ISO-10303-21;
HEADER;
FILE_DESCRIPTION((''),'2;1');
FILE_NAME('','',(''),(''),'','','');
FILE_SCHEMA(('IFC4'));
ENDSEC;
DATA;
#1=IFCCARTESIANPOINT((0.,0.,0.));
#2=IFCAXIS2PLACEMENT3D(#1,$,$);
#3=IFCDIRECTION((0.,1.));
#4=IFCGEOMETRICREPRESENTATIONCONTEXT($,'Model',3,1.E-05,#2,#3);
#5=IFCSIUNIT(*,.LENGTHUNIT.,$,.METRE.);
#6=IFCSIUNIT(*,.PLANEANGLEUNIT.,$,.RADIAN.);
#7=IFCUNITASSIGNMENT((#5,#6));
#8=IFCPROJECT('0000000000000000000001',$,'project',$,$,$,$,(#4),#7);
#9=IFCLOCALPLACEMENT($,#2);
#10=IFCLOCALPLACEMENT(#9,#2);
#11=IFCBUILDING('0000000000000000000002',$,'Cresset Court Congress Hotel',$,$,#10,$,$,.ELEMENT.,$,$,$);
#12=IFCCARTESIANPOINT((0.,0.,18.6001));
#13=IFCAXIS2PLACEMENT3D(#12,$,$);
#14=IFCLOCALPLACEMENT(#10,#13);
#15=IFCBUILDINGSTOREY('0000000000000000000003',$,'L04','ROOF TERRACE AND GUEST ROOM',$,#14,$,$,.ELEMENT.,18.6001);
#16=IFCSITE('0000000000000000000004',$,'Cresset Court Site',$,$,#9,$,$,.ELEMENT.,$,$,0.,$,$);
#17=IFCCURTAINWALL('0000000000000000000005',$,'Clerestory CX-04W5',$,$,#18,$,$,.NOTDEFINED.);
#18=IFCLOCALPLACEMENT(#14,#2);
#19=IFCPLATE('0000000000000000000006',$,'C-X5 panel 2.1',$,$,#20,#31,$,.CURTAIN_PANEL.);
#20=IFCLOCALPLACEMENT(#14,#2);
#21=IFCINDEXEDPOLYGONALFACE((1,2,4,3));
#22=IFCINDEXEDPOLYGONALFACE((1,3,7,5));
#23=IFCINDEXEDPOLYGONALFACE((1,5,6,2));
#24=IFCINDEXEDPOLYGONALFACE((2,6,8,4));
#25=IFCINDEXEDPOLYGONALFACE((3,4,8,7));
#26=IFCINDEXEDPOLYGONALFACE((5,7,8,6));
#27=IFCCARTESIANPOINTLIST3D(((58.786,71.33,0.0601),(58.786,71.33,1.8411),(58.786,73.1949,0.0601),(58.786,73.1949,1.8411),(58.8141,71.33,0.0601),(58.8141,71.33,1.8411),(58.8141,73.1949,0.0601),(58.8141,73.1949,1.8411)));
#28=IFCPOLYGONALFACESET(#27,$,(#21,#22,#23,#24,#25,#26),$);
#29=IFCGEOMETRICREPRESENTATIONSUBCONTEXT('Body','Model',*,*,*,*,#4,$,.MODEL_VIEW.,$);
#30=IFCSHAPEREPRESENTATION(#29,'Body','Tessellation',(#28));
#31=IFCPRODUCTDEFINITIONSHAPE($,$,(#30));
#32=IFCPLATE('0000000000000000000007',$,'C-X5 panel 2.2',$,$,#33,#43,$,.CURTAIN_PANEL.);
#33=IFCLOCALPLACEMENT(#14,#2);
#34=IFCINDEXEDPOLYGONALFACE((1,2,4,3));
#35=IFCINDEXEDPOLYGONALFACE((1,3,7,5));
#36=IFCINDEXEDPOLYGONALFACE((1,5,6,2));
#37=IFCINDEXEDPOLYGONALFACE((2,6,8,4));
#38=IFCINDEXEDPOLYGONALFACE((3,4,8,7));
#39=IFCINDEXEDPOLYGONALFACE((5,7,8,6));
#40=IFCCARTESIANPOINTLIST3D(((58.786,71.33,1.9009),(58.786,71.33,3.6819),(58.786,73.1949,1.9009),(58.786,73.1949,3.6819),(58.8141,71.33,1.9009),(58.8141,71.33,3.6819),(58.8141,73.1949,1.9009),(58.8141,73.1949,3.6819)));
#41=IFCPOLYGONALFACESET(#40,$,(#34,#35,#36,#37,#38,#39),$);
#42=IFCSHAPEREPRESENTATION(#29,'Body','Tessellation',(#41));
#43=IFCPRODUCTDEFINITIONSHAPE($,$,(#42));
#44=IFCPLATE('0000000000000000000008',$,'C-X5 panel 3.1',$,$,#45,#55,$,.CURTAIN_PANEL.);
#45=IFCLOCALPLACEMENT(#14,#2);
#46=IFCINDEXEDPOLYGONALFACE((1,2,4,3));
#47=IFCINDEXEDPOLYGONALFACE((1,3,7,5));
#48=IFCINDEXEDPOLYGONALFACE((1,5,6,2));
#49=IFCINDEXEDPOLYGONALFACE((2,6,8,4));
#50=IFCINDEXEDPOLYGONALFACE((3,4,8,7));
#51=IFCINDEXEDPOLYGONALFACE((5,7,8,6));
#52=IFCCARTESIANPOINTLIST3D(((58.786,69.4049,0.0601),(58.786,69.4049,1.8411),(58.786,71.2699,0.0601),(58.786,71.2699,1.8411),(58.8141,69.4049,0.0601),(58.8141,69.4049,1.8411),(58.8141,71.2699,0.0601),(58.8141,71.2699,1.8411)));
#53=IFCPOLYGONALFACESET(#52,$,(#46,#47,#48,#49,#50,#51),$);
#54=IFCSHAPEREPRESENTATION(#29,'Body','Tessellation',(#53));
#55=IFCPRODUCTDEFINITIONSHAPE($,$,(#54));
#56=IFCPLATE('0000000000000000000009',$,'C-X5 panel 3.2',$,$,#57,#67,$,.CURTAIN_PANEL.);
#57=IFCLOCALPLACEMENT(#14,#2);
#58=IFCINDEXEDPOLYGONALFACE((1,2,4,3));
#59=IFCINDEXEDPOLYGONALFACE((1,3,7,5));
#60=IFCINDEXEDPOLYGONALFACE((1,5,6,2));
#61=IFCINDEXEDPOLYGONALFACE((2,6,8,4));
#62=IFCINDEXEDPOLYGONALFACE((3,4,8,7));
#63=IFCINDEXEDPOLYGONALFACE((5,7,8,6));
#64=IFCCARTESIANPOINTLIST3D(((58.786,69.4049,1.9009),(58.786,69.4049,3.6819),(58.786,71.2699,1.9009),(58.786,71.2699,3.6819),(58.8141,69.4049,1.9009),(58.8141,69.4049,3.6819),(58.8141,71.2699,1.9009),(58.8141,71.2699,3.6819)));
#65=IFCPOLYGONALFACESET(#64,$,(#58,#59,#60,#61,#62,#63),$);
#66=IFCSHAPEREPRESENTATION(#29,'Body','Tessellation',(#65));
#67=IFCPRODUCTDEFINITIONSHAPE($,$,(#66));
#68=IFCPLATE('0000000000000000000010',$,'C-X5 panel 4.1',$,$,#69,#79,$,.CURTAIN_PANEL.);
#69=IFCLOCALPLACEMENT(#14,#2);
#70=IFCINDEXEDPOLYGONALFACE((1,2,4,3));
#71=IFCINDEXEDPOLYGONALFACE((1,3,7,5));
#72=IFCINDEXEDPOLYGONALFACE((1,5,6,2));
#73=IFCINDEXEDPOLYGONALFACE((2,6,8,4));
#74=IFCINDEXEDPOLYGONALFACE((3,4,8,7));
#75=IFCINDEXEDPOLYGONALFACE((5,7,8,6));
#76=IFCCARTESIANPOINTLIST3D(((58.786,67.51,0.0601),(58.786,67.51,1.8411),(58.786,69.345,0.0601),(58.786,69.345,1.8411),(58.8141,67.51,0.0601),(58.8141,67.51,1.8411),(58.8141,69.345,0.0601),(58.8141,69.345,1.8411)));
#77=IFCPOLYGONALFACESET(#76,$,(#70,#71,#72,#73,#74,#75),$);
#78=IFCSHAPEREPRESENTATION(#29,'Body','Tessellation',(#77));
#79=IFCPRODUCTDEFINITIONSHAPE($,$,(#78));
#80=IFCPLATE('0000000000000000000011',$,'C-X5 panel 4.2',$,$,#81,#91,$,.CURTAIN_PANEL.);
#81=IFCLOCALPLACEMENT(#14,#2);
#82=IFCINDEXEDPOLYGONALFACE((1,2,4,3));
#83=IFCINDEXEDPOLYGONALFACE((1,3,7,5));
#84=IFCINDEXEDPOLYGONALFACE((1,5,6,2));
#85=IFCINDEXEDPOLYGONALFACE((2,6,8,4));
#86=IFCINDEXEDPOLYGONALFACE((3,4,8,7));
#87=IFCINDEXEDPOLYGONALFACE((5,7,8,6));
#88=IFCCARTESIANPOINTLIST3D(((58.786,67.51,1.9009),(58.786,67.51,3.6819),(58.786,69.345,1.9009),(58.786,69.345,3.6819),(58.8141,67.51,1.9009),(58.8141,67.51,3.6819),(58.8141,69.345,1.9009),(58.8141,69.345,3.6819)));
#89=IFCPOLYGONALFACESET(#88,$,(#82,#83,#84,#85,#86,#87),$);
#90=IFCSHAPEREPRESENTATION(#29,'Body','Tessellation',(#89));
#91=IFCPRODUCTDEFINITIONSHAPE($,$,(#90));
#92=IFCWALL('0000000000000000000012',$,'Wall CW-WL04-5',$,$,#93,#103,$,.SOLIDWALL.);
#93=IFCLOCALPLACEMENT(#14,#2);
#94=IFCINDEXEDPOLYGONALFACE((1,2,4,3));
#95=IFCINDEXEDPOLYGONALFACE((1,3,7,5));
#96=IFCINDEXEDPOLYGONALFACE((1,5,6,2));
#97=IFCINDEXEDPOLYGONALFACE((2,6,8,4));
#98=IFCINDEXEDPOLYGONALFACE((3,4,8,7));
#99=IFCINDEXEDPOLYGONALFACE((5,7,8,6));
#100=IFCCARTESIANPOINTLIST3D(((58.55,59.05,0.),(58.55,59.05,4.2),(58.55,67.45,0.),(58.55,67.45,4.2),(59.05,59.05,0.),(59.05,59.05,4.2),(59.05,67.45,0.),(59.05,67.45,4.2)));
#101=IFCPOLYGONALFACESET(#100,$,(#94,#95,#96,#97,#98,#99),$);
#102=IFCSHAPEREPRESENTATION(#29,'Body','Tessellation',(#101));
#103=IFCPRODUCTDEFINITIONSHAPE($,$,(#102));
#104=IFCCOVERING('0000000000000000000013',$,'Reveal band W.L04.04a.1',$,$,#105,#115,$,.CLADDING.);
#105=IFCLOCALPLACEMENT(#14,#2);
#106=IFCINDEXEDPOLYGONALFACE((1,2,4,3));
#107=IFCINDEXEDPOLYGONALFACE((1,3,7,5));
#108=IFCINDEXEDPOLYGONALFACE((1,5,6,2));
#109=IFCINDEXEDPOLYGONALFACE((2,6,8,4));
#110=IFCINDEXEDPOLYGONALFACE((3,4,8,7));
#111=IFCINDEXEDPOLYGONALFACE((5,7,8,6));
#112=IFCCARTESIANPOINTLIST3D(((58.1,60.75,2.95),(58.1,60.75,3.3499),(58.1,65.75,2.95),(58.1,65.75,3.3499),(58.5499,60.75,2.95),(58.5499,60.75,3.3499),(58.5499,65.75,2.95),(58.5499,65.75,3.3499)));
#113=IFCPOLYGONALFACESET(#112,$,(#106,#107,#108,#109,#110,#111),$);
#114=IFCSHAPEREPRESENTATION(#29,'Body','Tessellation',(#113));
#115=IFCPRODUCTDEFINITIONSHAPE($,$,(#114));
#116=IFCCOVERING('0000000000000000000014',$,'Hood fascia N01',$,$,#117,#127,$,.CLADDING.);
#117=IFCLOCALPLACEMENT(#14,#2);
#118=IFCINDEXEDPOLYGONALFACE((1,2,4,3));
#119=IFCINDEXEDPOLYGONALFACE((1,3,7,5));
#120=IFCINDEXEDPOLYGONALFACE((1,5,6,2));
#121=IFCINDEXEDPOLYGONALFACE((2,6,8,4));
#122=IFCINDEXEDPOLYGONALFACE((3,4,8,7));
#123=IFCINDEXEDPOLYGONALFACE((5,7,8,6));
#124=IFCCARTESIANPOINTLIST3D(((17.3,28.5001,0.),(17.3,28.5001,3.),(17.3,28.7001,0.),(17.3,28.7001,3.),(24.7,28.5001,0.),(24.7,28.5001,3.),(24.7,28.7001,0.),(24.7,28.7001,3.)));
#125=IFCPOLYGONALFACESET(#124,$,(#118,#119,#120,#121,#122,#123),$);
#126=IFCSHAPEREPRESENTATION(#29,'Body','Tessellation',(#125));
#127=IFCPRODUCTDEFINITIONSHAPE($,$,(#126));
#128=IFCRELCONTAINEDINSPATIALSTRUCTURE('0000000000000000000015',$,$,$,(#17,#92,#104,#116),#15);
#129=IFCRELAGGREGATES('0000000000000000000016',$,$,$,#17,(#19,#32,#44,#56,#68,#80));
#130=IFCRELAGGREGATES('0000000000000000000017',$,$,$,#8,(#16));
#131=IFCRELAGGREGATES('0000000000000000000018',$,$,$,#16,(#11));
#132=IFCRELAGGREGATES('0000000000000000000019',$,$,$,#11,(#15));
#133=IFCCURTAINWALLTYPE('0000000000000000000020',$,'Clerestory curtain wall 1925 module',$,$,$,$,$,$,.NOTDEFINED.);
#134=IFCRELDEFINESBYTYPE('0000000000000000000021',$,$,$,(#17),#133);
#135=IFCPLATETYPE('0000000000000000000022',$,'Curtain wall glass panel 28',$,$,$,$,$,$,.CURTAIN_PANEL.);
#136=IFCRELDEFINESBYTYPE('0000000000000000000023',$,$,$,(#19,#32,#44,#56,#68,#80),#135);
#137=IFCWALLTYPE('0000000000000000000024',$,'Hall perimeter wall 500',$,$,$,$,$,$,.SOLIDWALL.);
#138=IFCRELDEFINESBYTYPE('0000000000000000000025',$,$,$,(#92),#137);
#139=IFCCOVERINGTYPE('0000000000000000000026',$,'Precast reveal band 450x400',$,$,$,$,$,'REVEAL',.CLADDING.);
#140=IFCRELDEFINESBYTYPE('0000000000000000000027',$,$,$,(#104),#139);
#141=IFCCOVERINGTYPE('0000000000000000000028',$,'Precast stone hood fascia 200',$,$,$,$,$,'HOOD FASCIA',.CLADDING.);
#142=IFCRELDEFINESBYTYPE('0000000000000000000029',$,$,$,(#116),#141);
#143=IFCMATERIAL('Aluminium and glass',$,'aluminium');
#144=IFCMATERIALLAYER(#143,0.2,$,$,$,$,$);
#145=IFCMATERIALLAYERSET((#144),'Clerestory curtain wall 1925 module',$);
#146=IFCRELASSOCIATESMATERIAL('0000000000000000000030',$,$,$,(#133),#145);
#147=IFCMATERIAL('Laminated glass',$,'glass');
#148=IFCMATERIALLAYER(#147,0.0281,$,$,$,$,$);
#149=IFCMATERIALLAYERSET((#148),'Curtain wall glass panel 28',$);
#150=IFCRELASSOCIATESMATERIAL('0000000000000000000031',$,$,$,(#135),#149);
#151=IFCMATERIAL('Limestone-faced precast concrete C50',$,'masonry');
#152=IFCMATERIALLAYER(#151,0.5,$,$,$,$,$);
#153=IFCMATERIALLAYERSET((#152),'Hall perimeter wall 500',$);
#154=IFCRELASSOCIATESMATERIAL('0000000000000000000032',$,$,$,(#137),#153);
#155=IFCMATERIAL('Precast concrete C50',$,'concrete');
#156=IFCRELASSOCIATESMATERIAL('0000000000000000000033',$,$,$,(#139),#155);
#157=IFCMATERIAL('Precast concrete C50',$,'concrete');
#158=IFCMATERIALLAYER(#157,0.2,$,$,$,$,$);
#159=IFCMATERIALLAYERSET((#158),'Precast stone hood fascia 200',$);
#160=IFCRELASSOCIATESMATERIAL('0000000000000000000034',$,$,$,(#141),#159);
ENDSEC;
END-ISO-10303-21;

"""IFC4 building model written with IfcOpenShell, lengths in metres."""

from ifc_helpers import new_model, si_unit, direction, frame, frame_2d, origin, origin_2d, place, context, subcontext, project, spatial, rectangle, extrude, material, layer, layer_set, type_object, element, aggregate, save


model = new_model("IFC4")

# Units and contexts
model_context = context("Model", 3, precision=1e-05, world=origin(), true_north=direction((0.0, 1.0)))
body_context = subcontext(model_context, "Body", "Model", "MODEL_VIEW")
ifc_project = project(units=[si_unit("LENGTHUNIT", "METRE"), si_unit("PLANEANGLEUNIT", "RADIAN")], contexts=[model_context])

# Site, building, storey
site_placement = place(None, origin())
site = spatial("IfcSite", under=ifc_project, at=site_placement, Name="Cresset Court Site", CompositionType="ELEMENT", RefElevation=0.0)
building_placement = place(site_placement, origin())
building = spatial("IfcBuilding", under=site, at=building_placement, Name="Cresset Court Congress Hotel", CompositionType="ELEMENT")
storey_placement = place(building_placement, frame((0.0, 0.0, 18.6001)))
storey = spatial("IfcBuildingStorey", under=building, at=storey_placement, Name="L04", Description="ROOF TERRACE AND GUEST ROOM", CompositionType="ELEMENT", Elevation=18.6001)

# Curtain wall
ifc_material_1 = material(Name="Aluminium and glass", Category="aluminium")
ifc_layer_1 = layer(ifc_material_1, 0.2)
ifc_layer_set_1 = layer_set([ifc_layer_1], Name="Clerestory curtain wall 1925 module")
curtain_wall_type = type_object("IfcCurtainWallType", Name="Clerestory curtain wall 1925 module", PredefinedType="NOTDEFINED", material=ifc_layer_set_1)
curtain_wall_placement = place(storey_placement, origin())
curtain_wall = element("IfcCurtainWall", 1, at=curtain_wall_placement, inside=storey, type_object=curtain_wall_type, Name="Clerestory CX-04W5", PredefinedType="NOTDEFINED")

# Plates
ifc_material_2 = material(Name="Laminated glass", Category="glass")
ifc_layer_2 = layer(ifc_material_2, 0.0281)
ifc_layer_set_2 = layer_set([ifc_layer_2], Name="Curtain wall glass panel 28")
plate_type = type_object("IfcPlateType", Name="Curtain wall glass panel 28", PredefinedType="CURTAIN_PANEL", material=ifc_layer_set_2)
plate_1_placement = place(storey_placement, frame((58.8, 72.2625, 0.0601), z_axis=(0.0, 0.0, 1.0), x_axis=(0.0, -1.0, 0.0)))
plate_1 = element("IfcPlate", 2, at=plate_1_placement, type_object=plate_type, Name="C-X5 panel 2.1", PredefinedType="CURTAIN_PANEL", context=body_context, shape_type="SweptSolid", body=[
    extrude(rectangle(XDim=1.865, YDim=0.0281, at=origin_2d()), origin(), (0.0, 0.0, 1.0), 1.781),
])
plate_2_placement = place(storey_placement, frame((58.8, 72.2625, 1.9009), z_axis=(0.0, 0.0, 1.0), x_axis=(0.0, -1.0, 0.0)))
plate_2 = element("IfcPlate", 3, at=plate_2_placement, type_object=plate_type, Name="C-X5 panel 2.2", PredefinedType="CURTAIN_PANEL", context=body_context, shape_type="SweptSolid", body=[
    extrude(rectangle(XDim=1.865, YDim=0.0281, at=origin_2d()), origin(), (0.0, 0.0, 1.0), 1.781),
])
plate_3_placement = place(storey_placement, frame((58.8, 70.3374, 0.0601), z_axis=(0.0, 0.0, 1.0), x_axis=(0.0, -1.0, 0.0)))
plate_3 = element("IfcPlate", 4, at=plate_3_placement, type_object=plate_type, Name="C-X5 panel 3.1", PredefinedType="CURTAIN_PANEL", context=body_context, shape_type="SweptSolid", body=[
    extrude(rectangle(XDim=1.865, YDim=0.0281, at=origin_2d()), origin(), (0.0, 0.0, 1.0), 1.781),
])
plate_4_placement = place(storey_placement, frame((58.8, 70.3374, 1.9009), z_axis=(0.0, 0.0, 1.0), x_axis=(0.0, -1.0, 0.0)))
plate_4 = element("IfcPlate", 5, at=plate_4_placement, type_object=plate_type, Name="C-X5 panel 3.2", PredefinedType="CURTAIN_PANEL", context=body_context, shape_type="SweptSolid", body=[
    extrude(rectangle(XDim=1.865, YDim=0.0281, at=origin_2d()), origin(), (0.0, 0.0, 1.0), 1.781),
])
plate_5_placement = place(storey_placement, frame((58.8, 68.4275, 0.0601), z_axis=(0.0, 0.0, 1.0), x_axis=(0.0, -1.0, 0.0)))
plate_5 = element("IfcPlate", 6, at=plate_5_placement, type_object=plate_type, Name="C-X5 panel 4.1", PredefinedType="CURTAIN_PANEL", context=body_context, shape_type="SweptSolid", body=[
    extrude(rectangle(XDim=1.835, YDim=0.0281, at=origin_2d()), origin(), (0.0, 0.0, 1.0), 1.781),
])
plate_6_placement = place(storey_placement, frame((58.8, 68.4275, 1.9009), z_axis=(0.0, 0.0, 1.0), x_axis=(0.0, -1.0, 0.0)))
plate_6 = element("IfcPlate", 7, at=plate_6_placement, type_object=plate_type, Name="C-X5 panel 4.2", PredefinedType="CURTAIN_PANEL", context=body_context, shape_type="SweptSolid", body=[
    extrude(rectangle(XDim=1.835, YDim=0.0281, at=origin_2d()), origin(), (0.0, 0.0, 1.0), 1.781),
])
aggregate(curtain_wall, [plate_1, plate_2, plate_3, plate_4, plate_5, plate_6])

# Wall
ifc_material_3 = material(Name="Limestone-faced precast concrete C50", Category="masonry")
ifc_layer_3 = layer(ifc_material_3, 0.5)
ifc_layer_set_3 = layer_set([ifc_layer_3], Name="Hall perimeter wall 500")
wall_type = type_object("IfcWallType", Name="Hall perimeter wall 500", PredefinedType="SOLIDWALL", material=ifc_layer_set_3)
wall_placement = place(storey_placement, frame((58.8, 59.05, 0.0), z_axis=(0.0, 0.0, 1.0), x_axis=(0.0, 1.0, 0.0)))
element("IfcWall", 8, at=wall_placement, inside=storey, type_object=wall_type, Name="Wall CW-WL04-5", PredefinedType="SOLIDWALL", context=body_context, shape_type="SweptSolid", body=[
    extrude(rectangle(XDim=8.3999, YDim=0.5, at=frame_2d((4.2, 0.0))), origin(), (0.0, 0.0, 1.0), 4.2),
])

# Coverings
ifc_material_4 = material(Name="Precast concrete C50", Category="concrete")
covering_type_1 = type_object("IfcCoveringType", Name="Precast reveal band 450x400", ElementType="REVEAL", PredefinedType="CLADDING", material=ifc_material_4)
covering_1_placement = place(storey_placement, frame((58.325, 63.25, 2.95), z_axis=(0.0, 0.0, 1.0), x_axis=(0.0, 1.0, 0.0)))
element("IfcCovering", 9, at=covering_1_placement, inside=storey, type_object=covering_type_1, Name="Reveal band W.L04.04a.1", PredefinedType="CLADDING", context=body_context, shape_type="SweptSolid", body=[
    extrude(rectangle(XDim=5.0, YDim=0.45, at=origin_2d()), origin(), (0.0, 0.0, 1.0), 0.3999),
])
ifc_material_5 = material(Name="Precast concrete C50", Category="concrete")
ifc_layer_4 = layer(ifc_material_5, 0.2)
ifc_layer_set_4 = layer_set([ifc_layer_4], Name="Precast stone hood fascia 200")
covering_type_2 = type_object("IfcCoveringType", Name="Precast stone hood fascia 200", ElementType="HOOD FASCIA", PredefinedType="CLADDING", material=ifc_layer_set_4)
covering_2_placement = place(storey_placement, frame((21.0, 28.6001, 0.0), z_axis=(0.0, 0.0, 1.0), x_axis=(1.0, 0.0, 0.0)))
element("IfcCovering", 10, at=covering_2_placement, inside=storey, type_object=covering_type_2, Name="Hood fascia N01", PredefinedType="CLADDING", context=body_context, shape_type="SweptSolid", body=[
    extrude(rectangle(XDim=7.3999, YDim=0.2, at=origin_2d()), origin(), (0.0, 0.0, 1.0), 3.0),
])

save(model, "model.ifc")
